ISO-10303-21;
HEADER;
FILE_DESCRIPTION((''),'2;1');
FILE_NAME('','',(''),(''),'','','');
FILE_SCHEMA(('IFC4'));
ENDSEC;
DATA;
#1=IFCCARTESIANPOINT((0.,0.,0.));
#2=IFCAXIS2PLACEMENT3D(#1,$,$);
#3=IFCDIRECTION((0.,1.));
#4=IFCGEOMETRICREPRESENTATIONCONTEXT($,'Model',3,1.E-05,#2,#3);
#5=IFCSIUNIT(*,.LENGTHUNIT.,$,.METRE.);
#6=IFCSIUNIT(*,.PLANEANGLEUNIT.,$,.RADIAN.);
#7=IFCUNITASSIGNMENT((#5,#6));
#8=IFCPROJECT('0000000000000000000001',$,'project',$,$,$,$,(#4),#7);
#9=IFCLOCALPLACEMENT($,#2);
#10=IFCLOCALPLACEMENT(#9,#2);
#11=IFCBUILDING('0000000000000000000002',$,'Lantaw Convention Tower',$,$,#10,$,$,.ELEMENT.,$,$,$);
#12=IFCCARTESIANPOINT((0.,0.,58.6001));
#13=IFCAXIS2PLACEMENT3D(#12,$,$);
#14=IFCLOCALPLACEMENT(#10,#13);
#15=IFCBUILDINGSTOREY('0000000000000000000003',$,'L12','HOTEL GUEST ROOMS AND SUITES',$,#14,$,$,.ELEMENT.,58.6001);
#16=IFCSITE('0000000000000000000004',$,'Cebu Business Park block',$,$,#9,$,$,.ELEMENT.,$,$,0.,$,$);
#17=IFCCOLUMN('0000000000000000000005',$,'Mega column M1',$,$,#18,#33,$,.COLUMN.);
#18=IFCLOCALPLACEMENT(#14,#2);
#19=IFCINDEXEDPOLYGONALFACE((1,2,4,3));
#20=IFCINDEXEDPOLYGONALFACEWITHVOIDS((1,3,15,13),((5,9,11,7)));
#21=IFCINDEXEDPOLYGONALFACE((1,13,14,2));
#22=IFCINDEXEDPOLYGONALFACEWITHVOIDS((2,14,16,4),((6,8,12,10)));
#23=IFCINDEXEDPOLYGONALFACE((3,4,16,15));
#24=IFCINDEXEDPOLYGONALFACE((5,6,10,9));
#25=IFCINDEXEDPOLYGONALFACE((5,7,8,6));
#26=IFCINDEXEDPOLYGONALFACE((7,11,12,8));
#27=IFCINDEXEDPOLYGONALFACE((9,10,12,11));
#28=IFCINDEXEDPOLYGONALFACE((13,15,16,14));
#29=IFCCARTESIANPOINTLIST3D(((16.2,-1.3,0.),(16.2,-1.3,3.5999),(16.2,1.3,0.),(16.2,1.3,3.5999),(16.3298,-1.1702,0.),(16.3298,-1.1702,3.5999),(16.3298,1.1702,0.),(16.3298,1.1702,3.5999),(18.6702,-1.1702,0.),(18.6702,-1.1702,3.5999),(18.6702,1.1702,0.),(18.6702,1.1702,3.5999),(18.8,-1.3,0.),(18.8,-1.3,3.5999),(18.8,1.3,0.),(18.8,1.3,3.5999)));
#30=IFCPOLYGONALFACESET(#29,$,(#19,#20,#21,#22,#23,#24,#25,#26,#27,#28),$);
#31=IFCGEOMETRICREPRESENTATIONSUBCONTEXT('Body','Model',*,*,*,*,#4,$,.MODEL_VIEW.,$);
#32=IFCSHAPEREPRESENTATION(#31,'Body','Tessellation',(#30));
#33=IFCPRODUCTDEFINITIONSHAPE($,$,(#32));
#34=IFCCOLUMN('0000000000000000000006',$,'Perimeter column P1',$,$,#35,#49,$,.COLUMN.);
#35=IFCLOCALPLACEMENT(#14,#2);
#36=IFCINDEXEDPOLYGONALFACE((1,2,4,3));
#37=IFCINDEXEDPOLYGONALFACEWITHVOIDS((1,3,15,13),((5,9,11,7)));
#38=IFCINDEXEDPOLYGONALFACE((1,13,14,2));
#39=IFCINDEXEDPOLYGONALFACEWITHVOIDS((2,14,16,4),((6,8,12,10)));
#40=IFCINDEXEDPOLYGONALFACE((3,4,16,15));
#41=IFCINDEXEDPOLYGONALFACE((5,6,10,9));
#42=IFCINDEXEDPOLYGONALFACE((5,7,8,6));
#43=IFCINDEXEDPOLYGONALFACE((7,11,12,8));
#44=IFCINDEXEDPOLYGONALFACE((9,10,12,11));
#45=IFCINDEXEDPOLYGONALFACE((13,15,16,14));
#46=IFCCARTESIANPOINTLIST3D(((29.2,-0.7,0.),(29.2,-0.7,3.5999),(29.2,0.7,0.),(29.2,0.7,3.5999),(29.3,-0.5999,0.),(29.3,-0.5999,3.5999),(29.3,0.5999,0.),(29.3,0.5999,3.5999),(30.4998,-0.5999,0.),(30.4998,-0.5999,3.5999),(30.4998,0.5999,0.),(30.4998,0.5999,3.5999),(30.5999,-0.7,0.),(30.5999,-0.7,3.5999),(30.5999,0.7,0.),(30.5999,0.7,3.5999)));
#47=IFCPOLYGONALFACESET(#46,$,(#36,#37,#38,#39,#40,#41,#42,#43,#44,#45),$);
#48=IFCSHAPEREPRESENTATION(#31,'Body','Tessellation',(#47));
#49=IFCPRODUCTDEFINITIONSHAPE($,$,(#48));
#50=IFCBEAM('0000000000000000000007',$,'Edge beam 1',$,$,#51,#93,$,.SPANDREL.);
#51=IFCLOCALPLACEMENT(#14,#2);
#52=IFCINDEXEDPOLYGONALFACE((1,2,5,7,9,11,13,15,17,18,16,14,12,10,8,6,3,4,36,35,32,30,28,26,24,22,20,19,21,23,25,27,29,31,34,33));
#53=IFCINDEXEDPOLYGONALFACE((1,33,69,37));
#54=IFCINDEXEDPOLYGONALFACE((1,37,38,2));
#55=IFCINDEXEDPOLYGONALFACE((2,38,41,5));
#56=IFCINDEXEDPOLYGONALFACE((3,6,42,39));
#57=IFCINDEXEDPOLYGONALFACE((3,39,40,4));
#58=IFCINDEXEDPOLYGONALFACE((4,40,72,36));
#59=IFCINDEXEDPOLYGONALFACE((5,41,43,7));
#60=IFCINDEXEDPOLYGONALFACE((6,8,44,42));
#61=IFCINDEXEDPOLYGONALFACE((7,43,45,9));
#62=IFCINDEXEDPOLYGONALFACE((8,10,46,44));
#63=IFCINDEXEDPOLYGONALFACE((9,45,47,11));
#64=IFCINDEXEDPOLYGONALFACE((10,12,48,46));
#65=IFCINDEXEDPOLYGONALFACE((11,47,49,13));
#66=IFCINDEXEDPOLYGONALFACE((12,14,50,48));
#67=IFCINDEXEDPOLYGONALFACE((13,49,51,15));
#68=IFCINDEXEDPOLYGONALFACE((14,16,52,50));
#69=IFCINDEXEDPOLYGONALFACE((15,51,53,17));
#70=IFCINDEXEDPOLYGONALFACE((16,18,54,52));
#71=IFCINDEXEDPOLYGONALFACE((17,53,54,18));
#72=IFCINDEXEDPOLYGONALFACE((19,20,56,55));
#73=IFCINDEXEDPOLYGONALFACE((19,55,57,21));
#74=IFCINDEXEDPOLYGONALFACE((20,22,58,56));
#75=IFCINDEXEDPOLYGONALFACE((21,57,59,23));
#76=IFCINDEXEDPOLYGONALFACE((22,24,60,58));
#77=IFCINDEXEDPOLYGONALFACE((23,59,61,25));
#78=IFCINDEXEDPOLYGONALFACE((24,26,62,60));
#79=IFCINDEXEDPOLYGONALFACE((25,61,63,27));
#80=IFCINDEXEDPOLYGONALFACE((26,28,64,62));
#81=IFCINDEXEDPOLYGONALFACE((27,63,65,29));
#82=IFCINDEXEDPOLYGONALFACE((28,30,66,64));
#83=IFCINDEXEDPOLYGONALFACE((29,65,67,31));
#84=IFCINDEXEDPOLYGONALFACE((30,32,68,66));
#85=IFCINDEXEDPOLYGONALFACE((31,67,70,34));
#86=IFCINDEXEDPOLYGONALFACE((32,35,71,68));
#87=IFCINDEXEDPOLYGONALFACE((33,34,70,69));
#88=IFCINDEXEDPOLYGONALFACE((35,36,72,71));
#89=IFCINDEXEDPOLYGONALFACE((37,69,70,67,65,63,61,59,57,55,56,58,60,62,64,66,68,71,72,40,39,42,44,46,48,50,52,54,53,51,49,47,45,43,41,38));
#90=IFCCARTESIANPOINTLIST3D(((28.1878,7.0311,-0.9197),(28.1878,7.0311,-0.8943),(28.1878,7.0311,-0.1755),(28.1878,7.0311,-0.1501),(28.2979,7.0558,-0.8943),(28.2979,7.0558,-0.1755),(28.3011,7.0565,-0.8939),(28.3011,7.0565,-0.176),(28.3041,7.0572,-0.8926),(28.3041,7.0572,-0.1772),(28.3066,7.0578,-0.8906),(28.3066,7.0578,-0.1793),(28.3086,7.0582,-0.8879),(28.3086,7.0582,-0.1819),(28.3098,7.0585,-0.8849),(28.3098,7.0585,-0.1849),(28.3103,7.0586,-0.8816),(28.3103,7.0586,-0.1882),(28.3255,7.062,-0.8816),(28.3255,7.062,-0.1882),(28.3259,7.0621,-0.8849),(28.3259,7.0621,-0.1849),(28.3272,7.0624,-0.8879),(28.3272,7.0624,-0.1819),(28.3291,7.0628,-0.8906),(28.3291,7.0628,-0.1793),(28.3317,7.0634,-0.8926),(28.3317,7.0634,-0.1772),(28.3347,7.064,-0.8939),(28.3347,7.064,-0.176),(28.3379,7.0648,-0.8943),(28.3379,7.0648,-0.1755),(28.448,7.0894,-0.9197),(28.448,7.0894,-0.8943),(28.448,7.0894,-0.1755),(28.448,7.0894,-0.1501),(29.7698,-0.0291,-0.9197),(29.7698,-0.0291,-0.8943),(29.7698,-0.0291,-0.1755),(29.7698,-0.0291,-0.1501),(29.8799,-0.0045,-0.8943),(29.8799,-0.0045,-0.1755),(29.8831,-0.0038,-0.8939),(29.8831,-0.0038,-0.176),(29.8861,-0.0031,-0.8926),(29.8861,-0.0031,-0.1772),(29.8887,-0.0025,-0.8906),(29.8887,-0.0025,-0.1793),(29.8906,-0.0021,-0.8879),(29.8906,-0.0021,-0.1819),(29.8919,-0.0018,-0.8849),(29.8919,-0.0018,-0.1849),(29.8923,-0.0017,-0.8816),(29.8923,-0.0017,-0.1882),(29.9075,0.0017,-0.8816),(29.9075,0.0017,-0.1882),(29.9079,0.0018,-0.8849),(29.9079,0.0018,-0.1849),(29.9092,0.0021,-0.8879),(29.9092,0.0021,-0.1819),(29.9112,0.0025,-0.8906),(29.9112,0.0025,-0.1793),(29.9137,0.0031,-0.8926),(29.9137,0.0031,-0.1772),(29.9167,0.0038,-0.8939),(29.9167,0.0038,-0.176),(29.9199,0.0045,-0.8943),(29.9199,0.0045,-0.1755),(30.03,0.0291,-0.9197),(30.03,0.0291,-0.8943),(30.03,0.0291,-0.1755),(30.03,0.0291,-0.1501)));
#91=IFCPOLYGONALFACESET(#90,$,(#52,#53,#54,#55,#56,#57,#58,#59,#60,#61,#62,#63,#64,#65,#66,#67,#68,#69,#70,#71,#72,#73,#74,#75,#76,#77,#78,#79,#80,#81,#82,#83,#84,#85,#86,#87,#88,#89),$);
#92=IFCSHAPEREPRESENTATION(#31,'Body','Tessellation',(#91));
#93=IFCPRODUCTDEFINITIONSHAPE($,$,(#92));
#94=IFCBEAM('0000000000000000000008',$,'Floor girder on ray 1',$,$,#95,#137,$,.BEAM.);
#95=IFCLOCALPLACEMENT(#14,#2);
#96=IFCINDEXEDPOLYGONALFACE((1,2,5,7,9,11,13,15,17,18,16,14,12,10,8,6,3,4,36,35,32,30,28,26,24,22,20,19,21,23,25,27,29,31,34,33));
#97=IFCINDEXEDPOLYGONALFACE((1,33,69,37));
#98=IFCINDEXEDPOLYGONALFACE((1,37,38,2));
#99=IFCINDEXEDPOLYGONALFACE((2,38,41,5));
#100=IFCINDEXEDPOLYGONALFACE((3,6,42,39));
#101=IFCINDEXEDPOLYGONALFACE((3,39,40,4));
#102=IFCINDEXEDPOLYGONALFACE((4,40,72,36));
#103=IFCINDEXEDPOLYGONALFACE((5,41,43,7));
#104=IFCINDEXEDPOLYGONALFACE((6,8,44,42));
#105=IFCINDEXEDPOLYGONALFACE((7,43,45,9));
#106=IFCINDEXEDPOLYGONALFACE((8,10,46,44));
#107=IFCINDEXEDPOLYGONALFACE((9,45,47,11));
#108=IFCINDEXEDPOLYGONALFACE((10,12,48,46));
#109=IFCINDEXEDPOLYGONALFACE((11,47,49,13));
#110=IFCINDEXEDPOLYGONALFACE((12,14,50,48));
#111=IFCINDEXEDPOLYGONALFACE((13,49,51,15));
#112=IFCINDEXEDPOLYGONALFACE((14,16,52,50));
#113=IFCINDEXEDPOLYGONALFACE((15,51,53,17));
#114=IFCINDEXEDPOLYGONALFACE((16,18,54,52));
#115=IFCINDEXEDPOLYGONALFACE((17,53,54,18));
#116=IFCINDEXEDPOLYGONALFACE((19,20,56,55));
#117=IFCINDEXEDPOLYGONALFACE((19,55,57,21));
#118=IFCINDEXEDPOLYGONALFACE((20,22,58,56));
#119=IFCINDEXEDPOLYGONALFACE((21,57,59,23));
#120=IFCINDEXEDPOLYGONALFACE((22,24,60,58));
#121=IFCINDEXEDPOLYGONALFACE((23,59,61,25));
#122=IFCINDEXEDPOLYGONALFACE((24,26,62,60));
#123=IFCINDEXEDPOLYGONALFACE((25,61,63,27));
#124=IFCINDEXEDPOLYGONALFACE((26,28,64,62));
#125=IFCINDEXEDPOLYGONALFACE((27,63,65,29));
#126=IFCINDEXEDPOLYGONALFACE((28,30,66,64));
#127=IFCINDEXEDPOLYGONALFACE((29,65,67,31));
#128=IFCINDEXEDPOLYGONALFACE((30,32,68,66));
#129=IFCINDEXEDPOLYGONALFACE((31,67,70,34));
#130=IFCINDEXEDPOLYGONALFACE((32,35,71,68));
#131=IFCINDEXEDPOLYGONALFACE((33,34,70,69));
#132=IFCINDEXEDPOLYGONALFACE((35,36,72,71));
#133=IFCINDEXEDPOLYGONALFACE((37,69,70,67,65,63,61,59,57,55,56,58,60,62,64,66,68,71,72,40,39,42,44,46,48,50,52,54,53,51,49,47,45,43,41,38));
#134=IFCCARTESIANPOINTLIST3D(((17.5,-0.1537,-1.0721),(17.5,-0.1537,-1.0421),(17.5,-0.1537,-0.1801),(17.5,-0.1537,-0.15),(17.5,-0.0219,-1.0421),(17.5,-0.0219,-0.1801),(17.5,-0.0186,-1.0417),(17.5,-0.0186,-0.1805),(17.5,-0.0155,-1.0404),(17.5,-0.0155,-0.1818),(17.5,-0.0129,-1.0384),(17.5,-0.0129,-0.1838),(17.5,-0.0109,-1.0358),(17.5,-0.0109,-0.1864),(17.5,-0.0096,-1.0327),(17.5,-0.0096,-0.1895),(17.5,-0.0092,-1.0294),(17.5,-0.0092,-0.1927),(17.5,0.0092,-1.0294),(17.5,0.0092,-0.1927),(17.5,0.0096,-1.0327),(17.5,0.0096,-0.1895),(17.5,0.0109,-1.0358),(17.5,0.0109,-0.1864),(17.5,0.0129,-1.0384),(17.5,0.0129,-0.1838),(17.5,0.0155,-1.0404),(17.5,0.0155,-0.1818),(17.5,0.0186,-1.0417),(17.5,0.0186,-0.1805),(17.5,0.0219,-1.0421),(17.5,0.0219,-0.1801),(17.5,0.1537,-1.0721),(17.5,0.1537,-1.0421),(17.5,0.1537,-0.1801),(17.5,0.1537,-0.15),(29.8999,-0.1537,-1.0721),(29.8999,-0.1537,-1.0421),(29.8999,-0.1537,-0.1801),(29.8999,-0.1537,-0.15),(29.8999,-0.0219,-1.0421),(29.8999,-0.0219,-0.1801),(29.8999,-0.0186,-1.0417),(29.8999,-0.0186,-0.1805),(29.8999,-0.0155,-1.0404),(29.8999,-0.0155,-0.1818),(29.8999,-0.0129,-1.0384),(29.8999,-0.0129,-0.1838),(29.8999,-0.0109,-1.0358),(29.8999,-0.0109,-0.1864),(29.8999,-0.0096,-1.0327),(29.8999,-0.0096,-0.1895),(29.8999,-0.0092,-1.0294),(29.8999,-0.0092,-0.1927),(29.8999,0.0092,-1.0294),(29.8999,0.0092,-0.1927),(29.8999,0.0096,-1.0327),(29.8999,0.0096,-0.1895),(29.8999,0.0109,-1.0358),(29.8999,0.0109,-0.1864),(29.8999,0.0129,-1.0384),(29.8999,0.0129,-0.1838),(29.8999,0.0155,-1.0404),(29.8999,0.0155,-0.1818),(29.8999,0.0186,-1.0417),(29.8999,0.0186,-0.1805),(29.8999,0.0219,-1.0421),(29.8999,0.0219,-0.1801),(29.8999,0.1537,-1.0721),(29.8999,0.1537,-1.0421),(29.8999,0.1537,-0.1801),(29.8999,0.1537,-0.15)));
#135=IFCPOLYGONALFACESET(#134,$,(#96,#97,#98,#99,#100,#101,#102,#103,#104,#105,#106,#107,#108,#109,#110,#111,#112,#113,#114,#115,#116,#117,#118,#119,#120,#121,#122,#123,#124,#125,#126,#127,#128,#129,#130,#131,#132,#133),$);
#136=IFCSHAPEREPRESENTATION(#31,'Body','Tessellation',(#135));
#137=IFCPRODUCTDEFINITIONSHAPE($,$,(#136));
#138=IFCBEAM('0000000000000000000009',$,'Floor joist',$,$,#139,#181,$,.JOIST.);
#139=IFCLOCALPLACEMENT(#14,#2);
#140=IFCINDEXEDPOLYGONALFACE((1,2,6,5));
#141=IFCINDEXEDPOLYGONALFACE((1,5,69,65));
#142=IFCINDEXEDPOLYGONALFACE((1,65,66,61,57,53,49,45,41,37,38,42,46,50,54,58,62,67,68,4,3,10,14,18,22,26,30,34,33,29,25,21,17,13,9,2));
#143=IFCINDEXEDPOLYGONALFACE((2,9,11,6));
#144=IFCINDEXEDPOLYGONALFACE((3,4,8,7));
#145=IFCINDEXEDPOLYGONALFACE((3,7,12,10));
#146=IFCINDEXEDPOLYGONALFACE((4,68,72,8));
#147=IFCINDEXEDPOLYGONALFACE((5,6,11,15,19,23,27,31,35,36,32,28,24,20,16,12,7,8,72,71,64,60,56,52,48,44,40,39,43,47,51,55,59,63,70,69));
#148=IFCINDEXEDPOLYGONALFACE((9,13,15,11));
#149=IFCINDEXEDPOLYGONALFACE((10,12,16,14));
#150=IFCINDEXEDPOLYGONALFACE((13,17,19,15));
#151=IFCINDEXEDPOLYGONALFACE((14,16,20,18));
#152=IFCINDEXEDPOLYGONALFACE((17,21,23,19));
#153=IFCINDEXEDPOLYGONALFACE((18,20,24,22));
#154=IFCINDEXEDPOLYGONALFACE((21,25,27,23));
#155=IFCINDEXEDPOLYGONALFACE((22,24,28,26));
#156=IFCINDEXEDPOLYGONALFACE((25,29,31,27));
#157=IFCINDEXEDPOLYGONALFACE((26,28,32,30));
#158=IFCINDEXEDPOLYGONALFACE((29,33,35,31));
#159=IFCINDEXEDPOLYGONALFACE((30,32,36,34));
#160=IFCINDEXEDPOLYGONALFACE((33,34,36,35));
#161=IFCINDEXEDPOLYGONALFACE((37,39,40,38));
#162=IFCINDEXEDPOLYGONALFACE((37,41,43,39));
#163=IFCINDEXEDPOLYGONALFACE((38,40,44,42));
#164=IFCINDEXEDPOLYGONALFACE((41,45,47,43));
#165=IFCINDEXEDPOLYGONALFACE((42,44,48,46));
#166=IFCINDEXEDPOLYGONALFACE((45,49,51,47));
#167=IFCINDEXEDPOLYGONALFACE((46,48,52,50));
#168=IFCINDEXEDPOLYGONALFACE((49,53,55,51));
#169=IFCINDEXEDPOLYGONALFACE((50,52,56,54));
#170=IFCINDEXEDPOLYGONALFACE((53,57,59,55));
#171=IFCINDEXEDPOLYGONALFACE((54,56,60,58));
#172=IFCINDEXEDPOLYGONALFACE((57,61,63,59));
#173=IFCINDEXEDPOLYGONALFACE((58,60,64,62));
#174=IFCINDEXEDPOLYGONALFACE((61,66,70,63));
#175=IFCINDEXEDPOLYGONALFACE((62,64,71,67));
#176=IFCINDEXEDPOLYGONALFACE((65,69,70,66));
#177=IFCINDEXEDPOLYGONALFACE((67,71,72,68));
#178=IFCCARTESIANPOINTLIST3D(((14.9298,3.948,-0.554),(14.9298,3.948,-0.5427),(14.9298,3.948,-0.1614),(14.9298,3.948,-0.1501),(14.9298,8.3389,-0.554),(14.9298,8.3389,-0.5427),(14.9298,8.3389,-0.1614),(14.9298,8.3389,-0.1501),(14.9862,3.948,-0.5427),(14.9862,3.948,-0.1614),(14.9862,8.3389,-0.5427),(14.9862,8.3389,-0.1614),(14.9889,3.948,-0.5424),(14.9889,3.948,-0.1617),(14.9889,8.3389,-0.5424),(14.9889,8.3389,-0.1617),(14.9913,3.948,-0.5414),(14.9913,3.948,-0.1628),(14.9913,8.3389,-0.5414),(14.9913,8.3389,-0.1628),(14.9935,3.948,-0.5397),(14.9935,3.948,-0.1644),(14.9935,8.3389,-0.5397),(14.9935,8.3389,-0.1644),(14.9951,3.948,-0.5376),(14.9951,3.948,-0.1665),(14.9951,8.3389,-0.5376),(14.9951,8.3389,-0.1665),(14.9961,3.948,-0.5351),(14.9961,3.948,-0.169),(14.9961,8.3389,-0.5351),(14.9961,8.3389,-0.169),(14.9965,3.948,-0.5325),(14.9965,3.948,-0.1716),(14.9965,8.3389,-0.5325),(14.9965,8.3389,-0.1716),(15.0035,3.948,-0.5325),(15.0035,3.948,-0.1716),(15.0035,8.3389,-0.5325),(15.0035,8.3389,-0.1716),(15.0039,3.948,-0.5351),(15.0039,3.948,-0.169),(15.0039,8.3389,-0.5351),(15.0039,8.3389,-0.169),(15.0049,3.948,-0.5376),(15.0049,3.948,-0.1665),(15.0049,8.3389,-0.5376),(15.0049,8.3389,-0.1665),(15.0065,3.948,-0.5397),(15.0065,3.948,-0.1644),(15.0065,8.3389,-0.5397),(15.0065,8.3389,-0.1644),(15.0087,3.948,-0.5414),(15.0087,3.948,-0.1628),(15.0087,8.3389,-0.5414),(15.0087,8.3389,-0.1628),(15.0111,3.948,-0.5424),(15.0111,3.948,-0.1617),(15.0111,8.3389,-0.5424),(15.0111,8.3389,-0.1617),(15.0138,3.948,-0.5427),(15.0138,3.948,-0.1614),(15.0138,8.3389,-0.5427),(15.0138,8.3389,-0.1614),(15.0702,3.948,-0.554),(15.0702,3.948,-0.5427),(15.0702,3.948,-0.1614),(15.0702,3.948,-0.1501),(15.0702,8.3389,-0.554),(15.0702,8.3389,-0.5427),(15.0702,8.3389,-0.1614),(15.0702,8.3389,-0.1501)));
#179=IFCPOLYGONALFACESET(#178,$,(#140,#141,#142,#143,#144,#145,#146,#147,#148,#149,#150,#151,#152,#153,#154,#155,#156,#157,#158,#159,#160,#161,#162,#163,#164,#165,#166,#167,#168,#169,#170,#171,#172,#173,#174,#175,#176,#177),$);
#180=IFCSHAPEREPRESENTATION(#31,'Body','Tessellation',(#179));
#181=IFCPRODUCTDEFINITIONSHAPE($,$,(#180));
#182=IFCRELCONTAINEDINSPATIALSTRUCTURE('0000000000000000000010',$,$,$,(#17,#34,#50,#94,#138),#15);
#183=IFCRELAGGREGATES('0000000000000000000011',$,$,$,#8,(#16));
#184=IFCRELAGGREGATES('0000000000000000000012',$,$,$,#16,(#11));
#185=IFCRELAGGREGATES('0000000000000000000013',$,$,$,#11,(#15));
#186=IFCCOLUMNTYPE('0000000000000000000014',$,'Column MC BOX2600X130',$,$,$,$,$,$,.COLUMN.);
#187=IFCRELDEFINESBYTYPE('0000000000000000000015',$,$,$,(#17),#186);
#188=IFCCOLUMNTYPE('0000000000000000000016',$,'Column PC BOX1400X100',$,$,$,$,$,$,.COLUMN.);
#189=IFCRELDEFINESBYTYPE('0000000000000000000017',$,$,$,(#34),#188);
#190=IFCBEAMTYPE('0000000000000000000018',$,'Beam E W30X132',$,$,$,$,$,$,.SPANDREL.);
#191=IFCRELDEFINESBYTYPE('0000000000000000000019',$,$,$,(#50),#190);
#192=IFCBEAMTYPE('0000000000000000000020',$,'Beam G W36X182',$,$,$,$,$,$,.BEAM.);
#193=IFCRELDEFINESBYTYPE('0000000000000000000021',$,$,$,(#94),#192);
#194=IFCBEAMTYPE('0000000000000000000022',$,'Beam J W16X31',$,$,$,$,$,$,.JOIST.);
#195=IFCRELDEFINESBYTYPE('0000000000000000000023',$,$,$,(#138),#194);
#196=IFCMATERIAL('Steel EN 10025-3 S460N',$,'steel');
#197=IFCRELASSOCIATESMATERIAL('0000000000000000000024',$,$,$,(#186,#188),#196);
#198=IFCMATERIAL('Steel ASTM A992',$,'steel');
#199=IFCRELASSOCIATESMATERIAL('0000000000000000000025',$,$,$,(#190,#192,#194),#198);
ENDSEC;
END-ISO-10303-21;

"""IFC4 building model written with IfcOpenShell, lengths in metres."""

from ifc_helpers import new_model, si_unit, direction, frame, origin, origin_2d, place, context, subcontext, project, spatial, rectangle, hollow_rectangle, i_section, extrude, material, material_profile, profile_set, type_object, element, save


model = new_model("IFC4")

# Units and contexts
model_context = context("Model", 3, precision=1e-05, world=origin(), true_north=direction((0.0, 1.0)))
body_context = subcontext(model_context, "Body", "Model", "MODEL_VIEW")
ifc_project = project(units=[si_unit("LENGTHUNIT", "METRE"), si_unit("PLANEANGLEUNIT", "RADIAN")], contexts=[model_context])

# Site, building, storey
site_placement = place(None, origin())
site = spatial("IfcSite", under=ifc_project, at=site_placement, Name="Cebu Business Park block", CompositionType="ELEMENT", RefElevation=0.0)
building_placement = place(site_placement, origin())
building = spatial("IfcBuilding", under=site, at=building_placement, Name="Lantaw Convention Tower", CompositionType="ELEMENT")
storey_placement = place(building_placement, frame((0.0, 0.0, 58.6001)))
storey = spatial("IfcBuildingStorey", under=building, at=storey_placement, Name="L12", Description="HOTEL GUEST ROOMS AND SUITES", CompositionType="ELEMENT", Elevation=58.6001)

# Columns
ifc_material_1 = material(Name="Steel EN 10025-3 S460N", Category="steel")
ifc_material_profile_1 = material_profile(ifc_material_1, hollow_rectangle(XDim=2.6001, YDim=2.6001, WallThickness=0.1299, at=origin_2d()), Name="BOX2600X130")
ifc_material_2 = material(Name="Concrete C60/75", Category="concrete")
ifc_material_profile_2 = material_profile(ifc_material_2, rectangle(XDim=2.3401, YDim=2.3401, at=origin_2d()), Name="Concrete fill of BOX2600X130")
ifc_profile_set_1 = profile_set([ifc_material_profile_1, ifc_material_profile_2], Name="Steel EN 10025-3 S460N")
column_type_1 = type_object("IfcColumnType", Name="Column MC BOX2600X130", PredefinedType="COLUMN", material=ifc_profile_set_1)
column_1_placement = place(storey_placement, frame((17.5, 0.0, 0.0), z_axis=(0.0, 0.0, 1.0), x_axis=(1.0, 0.0, 0.0)))
element("IfcColumn", 1, at=column_1_placement, inside=storey, type_object=column_type_1, Name="Mega column M1", PredefinedType="COLUMN", context=body_context, shape_type="SweptSolid", body=[
    extrude(hollow_rectangle(XDim=2.6001, YDim=2.6001, WallThickness=0.1299, at=origin_2d()), origin(), (0.0, 0.0, 1.0), 3.5999),
])
ifc_material_profile_3 = material_profile(ifc_material_1, hollow_rectangle(XDim=1.3999, YDim=1.3999, WallThickness=0.1001, at=origin_2d()), Name="BOX1400X100")
ifc_material_profile_4 = material_profile(ifc_material_2, rectangle(XDim=1.2, YDim=1.2, at=origin_2d()), Name="Concrete fill of BOX1400X100")
ifc_profile_set_2 = profile_set([ifc_material_profile_3, ifc_material_profile_4], Name="Steel EN 10025-3 S460N")
column_type_2 = type_object("IfcColumnType", Name="Column PC BOX1400X100", PredefinedType="COLUMN", material=ifc_profile_set_2)
column_2_placement = place(storey_placement, frame((29.8999, 0.0, 0.0), z_axis=(0.0, 0.0, 1.0), x_axis=(1.0, 0.0, 0.0)))
element("IfcColumn", 2, at=column_2_placement, inside=storey, type_object=column_type_2, Name="Perimeter column P1", PredefinedType="COLUMN", context=body_context, shape_type="SweptSolid", body=[
    extrude(hollow_rectangle(XDim=1.3999, YDim=1.3999, WallThickness=0.1001, at=origin_2d()), origin(), (0.0, 0.0, 1.0), 3.5999),
])

# Beams
ifc_material_3 = material(Name="Steel ASTM A992", Category="steel")
ifc_material_profile_5 = material_profile(ifc_material_3, i_section(OverallWidth=0.2666, OverallDepth=0.7695, WebThickness=0.0156, FlangeThickness=0.0254, FilletRadius=0.0127, at=origin_2d()), Name="W30X132")
ifc_profile_set_3 = profile_set([ifc_material_profile_5], Name="Steel ASTM A992")
beam_type_1 = type_object("IfcBeamType", Name="Beam E W30X132", PredefinedType="SPANDREL", material=ifc_profile_set_3)
beam_1_placement = place(storey_placement, frame((29.8999, 0.0, -0.5349), z_axis=(-0.218652, 0.975803, 0.0), x_axis=(-0.975803, -0.218652, 0.0)))
element("IfcBeam", 3, at=beam_1_placement, inside=storey, type_object=beam_type_1, Name="Edge beam 1", PredefinedType="SPANDREL", context=body_context, shape_type="SweptSolid", body=[
    extrude(i_section(OverallWidth=0.2666, OverallDepth=0.7695, WebThickness=0.0156, FlangeThickness=0.0254, FilletRadius=0.0127, at=origin_2d()), origin(), (0.0, 0.0, 1.0), 7.2354),
])
ifc_material_profile_6 = material_profile(ifc_material_3, i_section(OverallWidth=0.3074, OverallDepth=0.9221, WebThickness=0.0183, FlangeThickness=0.03, FilletRadius=0.0127, at=origin_2d()), Name="W36X182")
ifc_profile_set_4 = profile_set([ifc_material_profile_6], Name="Steel ASTM A992")
beam_type_2 = type_object("IfcBeamType", Name="Beam G W36X182", PredefinedType="BEAM", material=ifc_profile_set_4)
beam_2_placement = place(storey_placement, frame((17.5, 0.0, -0.6111), z_axis=(1.0, 0.0, 0.0), x_axis=(0.0, 1.0, 0.0)))
element("IfcBeam", 4, at=beam_2_placement, inside=storey, type_object=beam_type_2, Name="Floor girder on ray 1", PredefinedType="BEAM", context=body_context, shape_type="SweptSolid", body=[
    extrude(i_section(OverallWidth=0.3074, OverallDepth=0.9221, WebThickness=0.0183, FlangeThickness=0.03, FilletRadius=0.0127, at=origin_2d()), origin(), (0.0, 0.0, 1.0), 12.3999),
])
ifc_material_profile_7 = material_profile(ifc_material_3, i_section(OverallWidth=0.1404, OverallDepth=0.4038, WebThickness=0.0071, FlangeThickness=0.0112, FilletRadius=0.0103, at=origin_2d()), Name="W16X31")
ifc_profile_set_5 = profile_set([ifc_material_profile_7], Name="Steel ASTM A992")
beam_type_3 = type_object("IfcBeamType", Name="Beam J W16X31", PredefinedType="JOIST", material=ifc_profile_set_5)
beam_3_placement = place(storey_placement, frame((15.0, 3.948, -0.3521), z_axis=(0.0, 1.0, 0.0), x_axis=(-1.0, 0.0, 0.0)))
element("IfcBeam", 5, at=beam_3_placement, inside=storey, type_object=beam_type_3, Name="Floor joist", PredefinedType="JOIST", context=body_context, shape_type="SweptSolid", body=[
    extrude(i_section(OverallWidth=0.1404, OverallDepth=0.4038, WebThickness=0.0071, FlangeThickness=0.0112, FilletRadius=0.0103, at=origin_2d()), origin(), (0.0, 0.0, 1.0), 4.3909),
])

save(model, "model.ifc")
